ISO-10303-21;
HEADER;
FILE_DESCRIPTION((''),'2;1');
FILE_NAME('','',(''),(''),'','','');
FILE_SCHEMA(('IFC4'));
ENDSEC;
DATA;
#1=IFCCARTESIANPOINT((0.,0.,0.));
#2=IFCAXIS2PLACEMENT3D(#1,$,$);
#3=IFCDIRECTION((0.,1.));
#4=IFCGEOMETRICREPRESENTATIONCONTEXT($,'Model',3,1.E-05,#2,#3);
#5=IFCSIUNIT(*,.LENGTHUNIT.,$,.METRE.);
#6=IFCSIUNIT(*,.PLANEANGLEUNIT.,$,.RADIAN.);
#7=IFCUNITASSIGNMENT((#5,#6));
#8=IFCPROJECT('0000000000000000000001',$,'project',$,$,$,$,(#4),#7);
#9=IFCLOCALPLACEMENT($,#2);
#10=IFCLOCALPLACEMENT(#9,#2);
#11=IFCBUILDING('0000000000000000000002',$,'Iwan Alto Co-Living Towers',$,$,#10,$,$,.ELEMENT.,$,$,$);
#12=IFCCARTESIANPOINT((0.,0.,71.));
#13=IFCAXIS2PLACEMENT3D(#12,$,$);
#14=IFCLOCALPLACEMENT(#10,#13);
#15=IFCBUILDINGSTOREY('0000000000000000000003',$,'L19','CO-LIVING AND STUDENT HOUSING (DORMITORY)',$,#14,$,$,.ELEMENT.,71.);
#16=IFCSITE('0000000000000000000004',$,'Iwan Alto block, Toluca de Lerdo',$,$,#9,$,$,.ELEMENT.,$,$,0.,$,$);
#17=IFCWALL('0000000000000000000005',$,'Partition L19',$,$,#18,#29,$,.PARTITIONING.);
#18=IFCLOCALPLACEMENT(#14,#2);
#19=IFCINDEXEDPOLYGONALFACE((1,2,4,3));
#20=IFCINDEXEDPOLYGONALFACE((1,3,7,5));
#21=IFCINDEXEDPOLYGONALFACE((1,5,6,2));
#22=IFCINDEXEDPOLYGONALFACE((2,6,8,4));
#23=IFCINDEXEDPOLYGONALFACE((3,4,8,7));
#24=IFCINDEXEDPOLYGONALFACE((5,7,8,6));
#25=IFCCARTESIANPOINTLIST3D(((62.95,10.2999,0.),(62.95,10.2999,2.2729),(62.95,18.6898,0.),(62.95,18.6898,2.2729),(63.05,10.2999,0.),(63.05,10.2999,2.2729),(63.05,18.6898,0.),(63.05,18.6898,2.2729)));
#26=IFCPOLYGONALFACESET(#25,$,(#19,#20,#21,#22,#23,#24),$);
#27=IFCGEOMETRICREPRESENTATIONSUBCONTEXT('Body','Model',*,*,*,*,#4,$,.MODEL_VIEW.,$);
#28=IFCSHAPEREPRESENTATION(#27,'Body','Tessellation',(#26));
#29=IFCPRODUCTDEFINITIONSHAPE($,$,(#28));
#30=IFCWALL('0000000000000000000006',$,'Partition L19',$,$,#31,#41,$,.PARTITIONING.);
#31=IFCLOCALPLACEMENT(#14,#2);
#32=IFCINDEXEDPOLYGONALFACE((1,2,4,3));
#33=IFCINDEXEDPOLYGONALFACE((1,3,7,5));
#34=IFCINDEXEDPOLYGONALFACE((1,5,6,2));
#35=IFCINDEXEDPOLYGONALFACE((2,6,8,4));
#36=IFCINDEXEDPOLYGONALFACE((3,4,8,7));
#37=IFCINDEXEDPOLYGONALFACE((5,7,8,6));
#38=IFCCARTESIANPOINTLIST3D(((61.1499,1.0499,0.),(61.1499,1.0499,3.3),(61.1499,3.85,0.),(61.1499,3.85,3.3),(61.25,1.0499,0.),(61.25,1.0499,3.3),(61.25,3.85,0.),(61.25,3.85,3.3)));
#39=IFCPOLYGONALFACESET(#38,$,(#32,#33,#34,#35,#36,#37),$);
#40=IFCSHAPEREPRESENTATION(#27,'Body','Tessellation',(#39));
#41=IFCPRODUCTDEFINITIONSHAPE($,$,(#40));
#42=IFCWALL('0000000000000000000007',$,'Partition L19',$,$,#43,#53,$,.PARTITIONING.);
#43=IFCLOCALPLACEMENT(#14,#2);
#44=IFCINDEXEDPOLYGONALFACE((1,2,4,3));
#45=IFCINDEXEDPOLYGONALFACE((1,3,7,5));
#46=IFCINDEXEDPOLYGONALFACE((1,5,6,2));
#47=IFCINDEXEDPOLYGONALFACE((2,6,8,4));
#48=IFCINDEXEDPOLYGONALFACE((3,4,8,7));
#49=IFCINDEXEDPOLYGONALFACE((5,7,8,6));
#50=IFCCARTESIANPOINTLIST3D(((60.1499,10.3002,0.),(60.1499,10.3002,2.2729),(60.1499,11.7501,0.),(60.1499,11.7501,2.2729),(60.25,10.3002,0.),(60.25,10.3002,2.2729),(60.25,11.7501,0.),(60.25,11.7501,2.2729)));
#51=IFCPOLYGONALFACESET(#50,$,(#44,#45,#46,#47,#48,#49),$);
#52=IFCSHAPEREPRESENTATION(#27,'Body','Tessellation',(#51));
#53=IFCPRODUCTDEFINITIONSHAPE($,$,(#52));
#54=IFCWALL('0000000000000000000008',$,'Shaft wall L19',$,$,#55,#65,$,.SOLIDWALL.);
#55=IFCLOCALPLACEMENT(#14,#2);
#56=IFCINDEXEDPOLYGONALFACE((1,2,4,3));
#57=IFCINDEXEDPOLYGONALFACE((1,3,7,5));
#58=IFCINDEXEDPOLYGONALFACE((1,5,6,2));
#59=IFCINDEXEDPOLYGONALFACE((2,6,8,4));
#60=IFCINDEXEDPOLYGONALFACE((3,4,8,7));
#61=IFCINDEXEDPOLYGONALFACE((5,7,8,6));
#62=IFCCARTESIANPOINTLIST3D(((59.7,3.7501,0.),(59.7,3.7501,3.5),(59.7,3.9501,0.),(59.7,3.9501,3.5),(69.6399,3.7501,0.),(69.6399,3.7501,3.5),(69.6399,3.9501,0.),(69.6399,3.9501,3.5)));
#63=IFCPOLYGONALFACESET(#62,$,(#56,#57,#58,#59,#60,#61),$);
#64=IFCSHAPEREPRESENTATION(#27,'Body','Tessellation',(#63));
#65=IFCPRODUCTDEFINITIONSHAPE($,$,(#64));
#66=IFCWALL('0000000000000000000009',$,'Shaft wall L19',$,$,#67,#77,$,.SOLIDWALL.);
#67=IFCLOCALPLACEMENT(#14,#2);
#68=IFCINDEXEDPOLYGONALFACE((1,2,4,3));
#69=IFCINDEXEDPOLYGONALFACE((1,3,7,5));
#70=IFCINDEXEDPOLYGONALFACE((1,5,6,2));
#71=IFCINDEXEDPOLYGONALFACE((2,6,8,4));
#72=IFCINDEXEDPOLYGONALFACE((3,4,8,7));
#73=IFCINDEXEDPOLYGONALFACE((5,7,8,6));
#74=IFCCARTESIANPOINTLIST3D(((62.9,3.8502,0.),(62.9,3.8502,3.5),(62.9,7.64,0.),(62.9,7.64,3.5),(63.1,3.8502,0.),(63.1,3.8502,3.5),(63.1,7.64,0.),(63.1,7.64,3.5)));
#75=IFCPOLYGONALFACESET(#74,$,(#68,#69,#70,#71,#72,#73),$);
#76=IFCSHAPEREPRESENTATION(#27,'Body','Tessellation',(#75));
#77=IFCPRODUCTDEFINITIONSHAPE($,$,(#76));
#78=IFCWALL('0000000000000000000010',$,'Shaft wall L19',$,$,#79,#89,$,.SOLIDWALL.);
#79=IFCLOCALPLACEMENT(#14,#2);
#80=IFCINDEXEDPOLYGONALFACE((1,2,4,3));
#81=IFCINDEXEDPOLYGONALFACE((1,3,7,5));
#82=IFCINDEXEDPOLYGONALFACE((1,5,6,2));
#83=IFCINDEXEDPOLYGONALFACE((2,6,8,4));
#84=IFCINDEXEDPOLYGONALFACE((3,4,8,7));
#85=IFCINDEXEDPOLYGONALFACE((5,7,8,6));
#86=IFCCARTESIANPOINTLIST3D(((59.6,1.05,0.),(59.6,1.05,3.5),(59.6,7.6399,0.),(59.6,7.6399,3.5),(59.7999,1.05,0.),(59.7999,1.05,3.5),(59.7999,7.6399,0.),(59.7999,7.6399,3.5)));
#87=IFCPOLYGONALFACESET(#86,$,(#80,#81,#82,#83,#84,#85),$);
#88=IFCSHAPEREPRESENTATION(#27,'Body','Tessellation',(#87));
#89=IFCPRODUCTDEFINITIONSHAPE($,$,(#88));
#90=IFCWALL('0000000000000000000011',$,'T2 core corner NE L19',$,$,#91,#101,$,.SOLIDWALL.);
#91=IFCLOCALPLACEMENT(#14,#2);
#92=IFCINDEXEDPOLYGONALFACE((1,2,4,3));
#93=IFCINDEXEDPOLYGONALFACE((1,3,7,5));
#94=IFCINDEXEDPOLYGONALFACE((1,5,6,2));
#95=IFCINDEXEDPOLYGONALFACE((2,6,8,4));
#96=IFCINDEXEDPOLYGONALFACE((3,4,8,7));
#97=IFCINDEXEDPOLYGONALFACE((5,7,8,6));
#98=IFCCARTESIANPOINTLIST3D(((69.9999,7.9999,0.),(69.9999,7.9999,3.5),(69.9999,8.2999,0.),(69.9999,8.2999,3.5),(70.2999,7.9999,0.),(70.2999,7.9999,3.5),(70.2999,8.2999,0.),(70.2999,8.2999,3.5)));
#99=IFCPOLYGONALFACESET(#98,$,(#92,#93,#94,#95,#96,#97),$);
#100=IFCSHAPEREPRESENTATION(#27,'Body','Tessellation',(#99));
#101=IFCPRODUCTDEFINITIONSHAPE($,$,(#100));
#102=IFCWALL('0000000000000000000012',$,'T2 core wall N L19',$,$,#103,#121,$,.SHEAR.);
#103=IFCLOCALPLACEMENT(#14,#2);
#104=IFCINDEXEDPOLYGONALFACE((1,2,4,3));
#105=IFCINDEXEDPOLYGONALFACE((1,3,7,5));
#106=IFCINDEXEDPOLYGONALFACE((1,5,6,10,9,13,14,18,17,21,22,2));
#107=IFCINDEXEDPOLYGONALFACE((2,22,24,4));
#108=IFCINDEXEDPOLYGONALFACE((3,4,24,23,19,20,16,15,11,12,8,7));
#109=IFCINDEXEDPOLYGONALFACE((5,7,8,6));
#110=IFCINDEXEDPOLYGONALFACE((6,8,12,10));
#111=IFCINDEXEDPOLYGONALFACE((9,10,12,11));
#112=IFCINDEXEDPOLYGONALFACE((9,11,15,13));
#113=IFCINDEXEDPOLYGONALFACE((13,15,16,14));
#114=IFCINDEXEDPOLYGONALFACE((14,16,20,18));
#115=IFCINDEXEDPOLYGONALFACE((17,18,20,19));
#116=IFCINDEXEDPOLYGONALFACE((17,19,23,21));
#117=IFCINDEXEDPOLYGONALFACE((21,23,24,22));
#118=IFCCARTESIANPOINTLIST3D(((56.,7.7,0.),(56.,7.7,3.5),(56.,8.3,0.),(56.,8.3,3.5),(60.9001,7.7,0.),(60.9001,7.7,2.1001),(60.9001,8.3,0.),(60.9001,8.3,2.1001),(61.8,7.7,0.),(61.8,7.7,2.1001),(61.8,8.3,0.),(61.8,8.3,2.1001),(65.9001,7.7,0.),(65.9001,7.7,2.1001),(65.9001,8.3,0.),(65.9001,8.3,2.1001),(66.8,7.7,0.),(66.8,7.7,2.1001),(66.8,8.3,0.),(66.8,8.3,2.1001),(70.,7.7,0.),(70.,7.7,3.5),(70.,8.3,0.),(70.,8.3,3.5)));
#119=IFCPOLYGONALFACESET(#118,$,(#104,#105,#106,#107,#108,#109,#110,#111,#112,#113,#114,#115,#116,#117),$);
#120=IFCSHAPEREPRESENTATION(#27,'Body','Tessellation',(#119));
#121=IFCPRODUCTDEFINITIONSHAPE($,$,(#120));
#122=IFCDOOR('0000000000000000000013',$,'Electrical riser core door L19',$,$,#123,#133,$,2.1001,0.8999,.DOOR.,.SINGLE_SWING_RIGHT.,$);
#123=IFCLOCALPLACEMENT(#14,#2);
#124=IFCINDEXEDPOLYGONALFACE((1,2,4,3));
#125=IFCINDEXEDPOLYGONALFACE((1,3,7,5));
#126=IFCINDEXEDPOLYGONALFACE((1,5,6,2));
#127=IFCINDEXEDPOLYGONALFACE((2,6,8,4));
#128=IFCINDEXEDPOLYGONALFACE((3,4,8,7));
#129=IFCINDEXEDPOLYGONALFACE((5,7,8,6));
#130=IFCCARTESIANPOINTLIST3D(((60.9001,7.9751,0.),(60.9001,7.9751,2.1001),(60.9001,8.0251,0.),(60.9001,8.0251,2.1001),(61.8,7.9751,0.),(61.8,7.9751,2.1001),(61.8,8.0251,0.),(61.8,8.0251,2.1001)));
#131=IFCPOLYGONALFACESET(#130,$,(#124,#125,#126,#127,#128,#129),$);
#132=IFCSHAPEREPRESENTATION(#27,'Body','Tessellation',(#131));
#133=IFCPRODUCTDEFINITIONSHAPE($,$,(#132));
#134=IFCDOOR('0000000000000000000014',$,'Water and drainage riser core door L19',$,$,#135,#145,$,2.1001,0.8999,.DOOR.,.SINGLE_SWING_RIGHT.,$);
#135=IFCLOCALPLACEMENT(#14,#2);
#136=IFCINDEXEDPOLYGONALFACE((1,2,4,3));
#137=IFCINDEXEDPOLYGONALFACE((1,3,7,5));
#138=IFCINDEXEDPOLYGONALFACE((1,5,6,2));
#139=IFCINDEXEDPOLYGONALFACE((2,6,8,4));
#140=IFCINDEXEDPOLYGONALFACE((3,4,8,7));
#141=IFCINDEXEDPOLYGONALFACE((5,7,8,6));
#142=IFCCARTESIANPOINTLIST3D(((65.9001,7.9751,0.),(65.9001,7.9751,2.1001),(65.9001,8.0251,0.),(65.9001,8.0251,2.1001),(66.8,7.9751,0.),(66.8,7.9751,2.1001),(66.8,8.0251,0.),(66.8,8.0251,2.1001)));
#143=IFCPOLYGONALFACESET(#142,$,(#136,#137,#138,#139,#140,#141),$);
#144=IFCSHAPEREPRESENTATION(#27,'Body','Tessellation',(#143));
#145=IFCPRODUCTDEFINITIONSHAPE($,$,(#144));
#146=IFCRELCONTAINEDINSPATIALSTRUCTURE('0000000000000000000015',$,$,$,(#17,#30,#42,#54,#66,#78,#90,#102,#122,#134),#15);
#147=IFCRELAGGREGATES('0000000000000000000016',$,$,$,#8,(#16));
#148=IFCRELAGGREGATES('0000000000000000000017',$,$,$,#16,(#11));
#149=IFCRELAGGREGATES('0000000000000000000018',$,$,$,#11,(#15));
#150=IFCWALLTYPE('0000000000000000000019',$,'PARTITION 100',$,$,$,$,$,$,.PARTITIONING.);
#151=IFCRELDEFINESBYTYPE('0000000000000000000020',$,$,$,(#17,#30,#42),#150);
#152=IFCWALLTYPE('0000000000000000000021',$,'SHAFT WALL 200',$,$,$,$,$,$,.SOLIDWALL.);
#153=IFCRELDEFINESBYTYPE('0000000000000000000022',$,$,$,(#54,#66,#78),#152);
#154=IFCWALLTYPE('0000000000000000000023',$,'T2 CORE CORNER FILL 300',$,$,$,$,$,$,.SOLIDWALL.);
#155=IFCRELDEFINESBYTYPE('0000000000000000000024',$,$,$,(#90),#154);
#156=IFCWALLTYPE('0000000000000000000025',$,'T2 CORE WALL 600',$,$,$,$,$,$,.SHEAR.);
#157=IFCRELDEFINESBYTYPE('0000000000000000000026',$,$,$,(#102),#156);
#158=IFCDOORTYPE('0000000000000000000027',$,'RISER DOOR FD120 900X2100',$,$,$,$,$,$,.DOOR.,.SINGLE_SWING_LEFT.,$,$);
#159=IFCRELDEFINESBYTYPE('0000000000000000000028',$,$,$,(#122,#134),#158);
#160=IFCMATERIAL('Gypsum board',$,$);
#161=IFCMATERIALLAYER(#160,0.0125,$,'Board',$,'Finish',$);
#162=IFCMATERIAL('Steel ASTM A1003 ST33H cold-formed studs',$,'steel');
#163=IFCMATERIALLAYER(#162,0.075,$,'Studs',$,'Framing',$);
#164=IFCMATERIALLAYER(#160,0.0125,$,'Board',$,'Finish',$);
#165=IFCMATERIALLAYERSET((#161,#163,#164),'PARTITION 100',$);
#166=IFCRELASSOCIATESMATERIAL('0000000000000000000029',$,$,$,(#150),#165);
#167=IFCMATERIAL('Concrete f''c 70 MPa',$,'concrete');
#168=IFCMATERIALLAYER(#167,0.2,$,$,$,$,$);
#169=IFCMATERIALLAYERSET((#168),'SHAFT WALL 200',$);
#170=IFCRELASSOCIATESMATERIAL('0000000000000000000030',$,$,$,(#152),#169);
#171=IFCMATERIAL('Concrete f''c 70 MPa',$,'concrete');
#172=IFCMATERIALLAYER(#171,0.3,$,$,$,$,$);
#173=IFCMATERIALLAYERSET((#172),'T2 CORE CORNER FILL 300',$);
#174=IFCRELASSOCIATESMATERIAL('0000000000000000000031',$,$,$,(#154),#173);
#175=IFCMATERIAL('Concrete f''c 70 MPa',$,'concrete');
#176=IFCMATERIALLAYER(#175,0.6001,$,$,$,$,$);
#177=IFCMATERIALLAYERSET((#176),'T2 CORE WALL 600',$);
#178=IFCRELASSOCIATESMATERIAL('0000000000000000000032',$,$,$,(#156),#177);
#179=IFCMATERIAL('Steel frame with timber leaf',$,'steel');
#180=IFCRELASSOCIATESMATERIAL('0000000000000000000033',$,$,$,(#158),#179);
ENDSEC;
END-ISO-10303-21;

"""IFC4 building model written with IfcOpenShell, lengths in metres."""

from ifc_helpers import new_model, si_unit, direction, frame, frame_2d, origin, place, context, subcontext, project, spatial, rectangle, extrude, material, layer, layer_set, type_object, element, fill, save


model = new_model("IFC4")

# Units and contexts
model_context = context("Model", 3, precision=1e-05, world=origin(), true_north=direction((0.0, 1.0)))
body_context = subcontext(model_context, "Body", "Model", "MODEL_VIEW")
ifc_project = project(units=[si_unit("LENGTHUNIT", "METRE"), si_unit("PLANEANGLEUNIT", "RADIAN")], contexts=[model_context])

# Site, building, storey
site_placement = place(None, origin())
site = spatial("IfcSite", under=ifc_project, at=site_placement, Name="Iwan Alto block, Toluca de Lerdo", CompositionType="ELEMENT", RefElevation=0.0)
building_placement = place(site_placement, origin())
building = spatial("IfcBuilding", under=site, at=building_placement, Name="Iwan Alto Co-Living Towers", CompositionType="ELEMENT")
storey_placement = place(building_placement, frame((0.0, 0.0, 71.0)))
storey = spatial("IfcBuildingStorey", under=building, at=storey_placement, Name="L19", Description="CO-LIVING AND STUDENT HOUSING (DORMITORY)", CompositionType="ELEMENT", Elevation=71.0)

# Shared definitions
ifc_material_1 = material(Name="Gypsum board")
ifc_layer_1 = layer(ifc_material_1, 0.0125, Name="Board", Category="Finish")
ifc_material_2 = material(Name="Steel ASTM A1003 ST33H cold-formed studs", Category="steel")
ifc_layer_2 = layer(ifc_material_2, 0.075, Name="Studs", Category="Framing")
ifc_layer_3 = layer(ifc_material_1, 0.0125, Name="Board", Category="Finish")
ifc_layer_set_1 = layer_set([ifc_layer_1, ifc_layer_2, ifc_layer_3], Name="PARTITION 100")
wall_type_1 = type_object("IfcWallType", Name="PARTITION 100", PredefinedType="PARTITIONING", material=ifc_layer_set_1)

# Walls
wall_1_placement = place(storey_placement, frame((63.0, 10.3, 0.0), z_axis=(0.0, 0.0, 1.0), x_axis=(0.0, 1.0, 0.0)))
element("IfcWall", 1, at=wall_1_placement, inside=storey, type_object=wall_type_1, Name="Partition L19", PredefinedType="PARTITIONING", context=body_context, shape_type="SweptSolid", body=[
    extrude(rectangle(XDim=8.3899, YDim=0.1001, at=frame_2d((4.1948, 0.0))), origin(), (0.0, 0.0, 1.0), 2.2729),
])
wall_2_placement = place(storey_placement, frame((61.2, 1.05, 0.0), z_axis=(0.0, 0.0, 1.0), x_axis=(0.0, 1.0, 0.0)))
element("IfcWall", 2, at=wall_2_placement, inside=storey, type_object=wall_type_1, Name="Partition L19", PredefinedType="PARTITIONING", context=body_context, shape_type="SweptSolid", body=[
    extrude(rectangle(XDim=2.8, YDim=0.1001, at=frame_2d((1.3999, 0.0))), origin(), (0.0, 0.0, 1.0), 3.3),
])
wall_3_placement = place(storey_placement, frame((60.2, 10.3, 0.0), z_axis=(0.0, 0.0, 1.0), x_axis=(0.0, 1.0, 0.0)))
element("IfcWall", 3, at=wall_3_placement, inside=storey, type_object=wall_type_1, Name="Partition L19", PredefinedType="PARTITIONING", context=body_context, shape_type="SweptSolid", body=[
    extrude(rectangle(XDim=1.45, YDim=0.1001, at=frame_2d((0.7251, 0.0))), origin(), (0.0, 0.0, 1.0), 2.2729),
])
ifc_material_3 = material(Name="Concrete f'c 70 MPa", Category="concrete")
ifc_layer_4 = layer(ifc_material_3, 0.2)
ifc_layer_set_2 = layer_set([ifc_layer_4], Name="SHAFT WALL 200")
wall_type_2 = type_object("IfcWallType", Name="SHAFT WALL 200", PredefinedType="SOLIDWALL", material=ifc_layer_set_2)
wall_4_placement = place(storey_placement, frame((59.7, 3.8501, 0.0), z_axis=(0.0, 0.0, 1.0), x_axis=(1.0, 0.0, 0.0)))
element("IfcWall", 4, at=wall_4_placement, inside=storey, type_object=wall_type_2, Name="Shaft wall L19", PredefinedType="SOLIDWALL", context=body_context, shape_type="SweptSolid", body=[
    extrude(rectangle(XDim=9.9399, YDim=0.2, at=frame_2d((4.97, 0.0))), origin(), (0.0, 0.0, 1.0), 3.5),
])
wall_5_placement = place(storey_placement, frame((63.0, 3.8501, 0.0), z_axis=(0.0, 0.0, 1.0), x_axis=(0.0, 1.0, 0.0)))
element("IfcWall", 5, at=wall_5_placement, inside=storey, type_object=wall_type_2, Name="Shaft wall L19", PredefinedType="SOLIDWALL", context=body_context, shape_type="SweptSolid", body=[
    extrude(rectangle(XDim=3.7898, YDim=0.2, at=frame_2d((1.895, 0.0))), origin(), (0.0, 0.0, 1.0), 3.5),
])
wall_6_placement = place(storey_placement, frame((59.7, 1.05, 0.0), z_axis=(0.0, 0.0, 1.0), x_axis=(0.0, 1.0, 0.0)))
element("IfcWall", 6, at=wall_6_placement, inside=storey, type_object=wall_type_2, Name="Shaft wall L19", PredefinedType="SOLIDWALL", context=body_context, shape_type="SweptSolid", body=[
    extrude(rectangle(XDim=6.5898, YDim=0.2, at=frame_2d((3.2949, 0.0))), origin(), (0.0, 0.0, 1.0), 3.5),
])
ifc_material_4 = material(Name="Concrete f'c 70 MPa", Category="concrete")
ifc_layer_5 = layer(ifc_material_4, 0.3)
ifc_layer_set_3 = layer_set([ifc_layer_5], Name="T2 CORE CORNER FILL 300")
wall_type_3 = type_object("IfcWallType", Name="T2 CORE CORNER FILL 300", PredefinedType="SOLIDWALL", material=ifc_layer_set_3)
wall_7_placement = place(storey_placement, frame((70.0, 8.1499, 0.0), z_axis=(0.0, 0.0, 1.0), x_axis=(1.0, 0.0, 0.0)))
element("IfcWall", 7, at=wall_7_placement, inside=storey, type_object=wall_type_3, Name="T2 core corner NE L19", PredefinedType="SOLIDWALL", context=body_context, shape_type="SweptSolid", body=[
    extrude(rectangle(XDim=0.3, YDim=0.3, at=frame_2d((0.1499, 0.0))), origin(), (0.0, 0.0, 1.0), 3.5),
])

# Wall, openings, doors
ifc_material_5 = material(Name="Concrete f'c 70 MPa", Category="concrete")
ifc_layer_6 = layer(ifc_material_5, 0.6001)
ifc_layer_set_4 = layer_set([ifc_layer_6], Name="T2 CORE WALL 600")
wall_type_4 = type_object("IfcWallType", Name="T2 CORE WALL 600", PredefinedType="SHEAR", material=ifc_layer_set_4)
wall_8_placement = place(storey_placement, frame((70.0, 8.0, 0.0), z_axis=(0.0, 0.0, 1.0), x_axis=(-1.0, 0.0, 0.0)))
wall_8 = element("IfcWall", 8, at=wall_8_placement, inside=storey, type_object=wall_type_4, Name="T2 core wall N L19", PredefinedType="SHEAR", context=body_context, shape_type="SweptSolid", body=[
    extrude(rectangle(XDim=14.0, YDim=0.6001, at=frame_2d((7.0, 0.0))), origin(), (0.0, 0.0, 1.0), 3.5),
])
opening_1_placement = place(wall_8_placement, frame((8.2, 0.0, 0.0)))
opening_1 = element("IfcOpeningElement", 9, at=opening_1_placement, cuts=wall_8, PredefinedType="OPENING", context=body_context, shape_type="SweptSolid", body=[
    extrude(rectangle(XDim=0.8999, YDim=2.1001, at=frame_2d((0.45, 1.05))), frame((0.0, 0.3101, 0.0), z_axis=(0.0, -1.0, 0.0), x_axis=(1.0, 0.0, 0.0)), (0.0, 0.0, 1.0), 0.6201),
])
opening_2_placement = place(wall_8_placement, frame((3.2, 0.0, 0.0)))
opening_2 = element("IfcOpeningElement", 10, at=opening_2_placement, cuts=wall_8, PredefinedType="OPENING", context=body_context, shape_type="SweptSolid", body=[
    extrude(rectangle(XDim=0.8999, YDim=2.1001, at=frame_2d((0.45, 1.05))), frame((0.0, 0.3101, 0.0), z_axis=(0.0, -1.0, 0.0), x_axis=(1.0, 0.0, 0.0)), (0.0, 0.0, 1.0), 0.6201),
])
ifc_material_6 = material(Name="Steel frame with timber leaf", Category="steel")
door_type_1 = type_object("IfcDoorType", Name="RISER DOOR FD120 900X2100", OperationType="SINGLE_SWING_LEFT", PredefinedType="DOOR", material=ifc_material_6)
door_1_placement = place(opening_1_placement, origin())
door_1 = element("IfcDoor", 11, at=door_1_placement, inside=storey, type_object=door_type_1, Name="Electrical riser core door L19", OperationType="SINGLE_SWING_RIGHT", OverallHeight=2.1001, OverallWidth=0.8999, PredefinedType="DOOR", context=body_context, shape_type="SweptSolid", body=[
    extrude(rectangle(XDim=0.8999, YDim=2.1001, at=frame_2d((0.45, 1.05))), frame((0.0, 0.0249, 0.0), z_axis=(0.0, -1.0, 0.0), x_axis=(1.0, 0.0, 0.0)), (0.0, 0.0, 1.0), 0.05),
])
fill(opening_1, door_1)
door_2_placement = place(opening_2_placement, origin())
door_2 = element("IfcDoor", 12, at=door_2_placement, inside=storey, type_object=door_type_1, Name="Water and drainage riser core door L19", OperationType="SINGLE_SWING_RIGHT", OverallHeight=2.1001, OverallWidth=0.8999, PredefinedType="DOOR", context=body_context, shape_type="SweptSolid", body=[
    extrude(rectangle(XDim=0.8999, YDim=2.1001, at=frame_2d((0.45, 1.05))), frame((0.0, 0.0249, 0.0), z_axis=(0.0, -1.0, 0.0), x_axis=(1.0, 0.0, 0.0)), (0.0, 0.0, 1.0), 0.05),
])
fill(opening_2, door_2)

save(model, "model.ifc")
